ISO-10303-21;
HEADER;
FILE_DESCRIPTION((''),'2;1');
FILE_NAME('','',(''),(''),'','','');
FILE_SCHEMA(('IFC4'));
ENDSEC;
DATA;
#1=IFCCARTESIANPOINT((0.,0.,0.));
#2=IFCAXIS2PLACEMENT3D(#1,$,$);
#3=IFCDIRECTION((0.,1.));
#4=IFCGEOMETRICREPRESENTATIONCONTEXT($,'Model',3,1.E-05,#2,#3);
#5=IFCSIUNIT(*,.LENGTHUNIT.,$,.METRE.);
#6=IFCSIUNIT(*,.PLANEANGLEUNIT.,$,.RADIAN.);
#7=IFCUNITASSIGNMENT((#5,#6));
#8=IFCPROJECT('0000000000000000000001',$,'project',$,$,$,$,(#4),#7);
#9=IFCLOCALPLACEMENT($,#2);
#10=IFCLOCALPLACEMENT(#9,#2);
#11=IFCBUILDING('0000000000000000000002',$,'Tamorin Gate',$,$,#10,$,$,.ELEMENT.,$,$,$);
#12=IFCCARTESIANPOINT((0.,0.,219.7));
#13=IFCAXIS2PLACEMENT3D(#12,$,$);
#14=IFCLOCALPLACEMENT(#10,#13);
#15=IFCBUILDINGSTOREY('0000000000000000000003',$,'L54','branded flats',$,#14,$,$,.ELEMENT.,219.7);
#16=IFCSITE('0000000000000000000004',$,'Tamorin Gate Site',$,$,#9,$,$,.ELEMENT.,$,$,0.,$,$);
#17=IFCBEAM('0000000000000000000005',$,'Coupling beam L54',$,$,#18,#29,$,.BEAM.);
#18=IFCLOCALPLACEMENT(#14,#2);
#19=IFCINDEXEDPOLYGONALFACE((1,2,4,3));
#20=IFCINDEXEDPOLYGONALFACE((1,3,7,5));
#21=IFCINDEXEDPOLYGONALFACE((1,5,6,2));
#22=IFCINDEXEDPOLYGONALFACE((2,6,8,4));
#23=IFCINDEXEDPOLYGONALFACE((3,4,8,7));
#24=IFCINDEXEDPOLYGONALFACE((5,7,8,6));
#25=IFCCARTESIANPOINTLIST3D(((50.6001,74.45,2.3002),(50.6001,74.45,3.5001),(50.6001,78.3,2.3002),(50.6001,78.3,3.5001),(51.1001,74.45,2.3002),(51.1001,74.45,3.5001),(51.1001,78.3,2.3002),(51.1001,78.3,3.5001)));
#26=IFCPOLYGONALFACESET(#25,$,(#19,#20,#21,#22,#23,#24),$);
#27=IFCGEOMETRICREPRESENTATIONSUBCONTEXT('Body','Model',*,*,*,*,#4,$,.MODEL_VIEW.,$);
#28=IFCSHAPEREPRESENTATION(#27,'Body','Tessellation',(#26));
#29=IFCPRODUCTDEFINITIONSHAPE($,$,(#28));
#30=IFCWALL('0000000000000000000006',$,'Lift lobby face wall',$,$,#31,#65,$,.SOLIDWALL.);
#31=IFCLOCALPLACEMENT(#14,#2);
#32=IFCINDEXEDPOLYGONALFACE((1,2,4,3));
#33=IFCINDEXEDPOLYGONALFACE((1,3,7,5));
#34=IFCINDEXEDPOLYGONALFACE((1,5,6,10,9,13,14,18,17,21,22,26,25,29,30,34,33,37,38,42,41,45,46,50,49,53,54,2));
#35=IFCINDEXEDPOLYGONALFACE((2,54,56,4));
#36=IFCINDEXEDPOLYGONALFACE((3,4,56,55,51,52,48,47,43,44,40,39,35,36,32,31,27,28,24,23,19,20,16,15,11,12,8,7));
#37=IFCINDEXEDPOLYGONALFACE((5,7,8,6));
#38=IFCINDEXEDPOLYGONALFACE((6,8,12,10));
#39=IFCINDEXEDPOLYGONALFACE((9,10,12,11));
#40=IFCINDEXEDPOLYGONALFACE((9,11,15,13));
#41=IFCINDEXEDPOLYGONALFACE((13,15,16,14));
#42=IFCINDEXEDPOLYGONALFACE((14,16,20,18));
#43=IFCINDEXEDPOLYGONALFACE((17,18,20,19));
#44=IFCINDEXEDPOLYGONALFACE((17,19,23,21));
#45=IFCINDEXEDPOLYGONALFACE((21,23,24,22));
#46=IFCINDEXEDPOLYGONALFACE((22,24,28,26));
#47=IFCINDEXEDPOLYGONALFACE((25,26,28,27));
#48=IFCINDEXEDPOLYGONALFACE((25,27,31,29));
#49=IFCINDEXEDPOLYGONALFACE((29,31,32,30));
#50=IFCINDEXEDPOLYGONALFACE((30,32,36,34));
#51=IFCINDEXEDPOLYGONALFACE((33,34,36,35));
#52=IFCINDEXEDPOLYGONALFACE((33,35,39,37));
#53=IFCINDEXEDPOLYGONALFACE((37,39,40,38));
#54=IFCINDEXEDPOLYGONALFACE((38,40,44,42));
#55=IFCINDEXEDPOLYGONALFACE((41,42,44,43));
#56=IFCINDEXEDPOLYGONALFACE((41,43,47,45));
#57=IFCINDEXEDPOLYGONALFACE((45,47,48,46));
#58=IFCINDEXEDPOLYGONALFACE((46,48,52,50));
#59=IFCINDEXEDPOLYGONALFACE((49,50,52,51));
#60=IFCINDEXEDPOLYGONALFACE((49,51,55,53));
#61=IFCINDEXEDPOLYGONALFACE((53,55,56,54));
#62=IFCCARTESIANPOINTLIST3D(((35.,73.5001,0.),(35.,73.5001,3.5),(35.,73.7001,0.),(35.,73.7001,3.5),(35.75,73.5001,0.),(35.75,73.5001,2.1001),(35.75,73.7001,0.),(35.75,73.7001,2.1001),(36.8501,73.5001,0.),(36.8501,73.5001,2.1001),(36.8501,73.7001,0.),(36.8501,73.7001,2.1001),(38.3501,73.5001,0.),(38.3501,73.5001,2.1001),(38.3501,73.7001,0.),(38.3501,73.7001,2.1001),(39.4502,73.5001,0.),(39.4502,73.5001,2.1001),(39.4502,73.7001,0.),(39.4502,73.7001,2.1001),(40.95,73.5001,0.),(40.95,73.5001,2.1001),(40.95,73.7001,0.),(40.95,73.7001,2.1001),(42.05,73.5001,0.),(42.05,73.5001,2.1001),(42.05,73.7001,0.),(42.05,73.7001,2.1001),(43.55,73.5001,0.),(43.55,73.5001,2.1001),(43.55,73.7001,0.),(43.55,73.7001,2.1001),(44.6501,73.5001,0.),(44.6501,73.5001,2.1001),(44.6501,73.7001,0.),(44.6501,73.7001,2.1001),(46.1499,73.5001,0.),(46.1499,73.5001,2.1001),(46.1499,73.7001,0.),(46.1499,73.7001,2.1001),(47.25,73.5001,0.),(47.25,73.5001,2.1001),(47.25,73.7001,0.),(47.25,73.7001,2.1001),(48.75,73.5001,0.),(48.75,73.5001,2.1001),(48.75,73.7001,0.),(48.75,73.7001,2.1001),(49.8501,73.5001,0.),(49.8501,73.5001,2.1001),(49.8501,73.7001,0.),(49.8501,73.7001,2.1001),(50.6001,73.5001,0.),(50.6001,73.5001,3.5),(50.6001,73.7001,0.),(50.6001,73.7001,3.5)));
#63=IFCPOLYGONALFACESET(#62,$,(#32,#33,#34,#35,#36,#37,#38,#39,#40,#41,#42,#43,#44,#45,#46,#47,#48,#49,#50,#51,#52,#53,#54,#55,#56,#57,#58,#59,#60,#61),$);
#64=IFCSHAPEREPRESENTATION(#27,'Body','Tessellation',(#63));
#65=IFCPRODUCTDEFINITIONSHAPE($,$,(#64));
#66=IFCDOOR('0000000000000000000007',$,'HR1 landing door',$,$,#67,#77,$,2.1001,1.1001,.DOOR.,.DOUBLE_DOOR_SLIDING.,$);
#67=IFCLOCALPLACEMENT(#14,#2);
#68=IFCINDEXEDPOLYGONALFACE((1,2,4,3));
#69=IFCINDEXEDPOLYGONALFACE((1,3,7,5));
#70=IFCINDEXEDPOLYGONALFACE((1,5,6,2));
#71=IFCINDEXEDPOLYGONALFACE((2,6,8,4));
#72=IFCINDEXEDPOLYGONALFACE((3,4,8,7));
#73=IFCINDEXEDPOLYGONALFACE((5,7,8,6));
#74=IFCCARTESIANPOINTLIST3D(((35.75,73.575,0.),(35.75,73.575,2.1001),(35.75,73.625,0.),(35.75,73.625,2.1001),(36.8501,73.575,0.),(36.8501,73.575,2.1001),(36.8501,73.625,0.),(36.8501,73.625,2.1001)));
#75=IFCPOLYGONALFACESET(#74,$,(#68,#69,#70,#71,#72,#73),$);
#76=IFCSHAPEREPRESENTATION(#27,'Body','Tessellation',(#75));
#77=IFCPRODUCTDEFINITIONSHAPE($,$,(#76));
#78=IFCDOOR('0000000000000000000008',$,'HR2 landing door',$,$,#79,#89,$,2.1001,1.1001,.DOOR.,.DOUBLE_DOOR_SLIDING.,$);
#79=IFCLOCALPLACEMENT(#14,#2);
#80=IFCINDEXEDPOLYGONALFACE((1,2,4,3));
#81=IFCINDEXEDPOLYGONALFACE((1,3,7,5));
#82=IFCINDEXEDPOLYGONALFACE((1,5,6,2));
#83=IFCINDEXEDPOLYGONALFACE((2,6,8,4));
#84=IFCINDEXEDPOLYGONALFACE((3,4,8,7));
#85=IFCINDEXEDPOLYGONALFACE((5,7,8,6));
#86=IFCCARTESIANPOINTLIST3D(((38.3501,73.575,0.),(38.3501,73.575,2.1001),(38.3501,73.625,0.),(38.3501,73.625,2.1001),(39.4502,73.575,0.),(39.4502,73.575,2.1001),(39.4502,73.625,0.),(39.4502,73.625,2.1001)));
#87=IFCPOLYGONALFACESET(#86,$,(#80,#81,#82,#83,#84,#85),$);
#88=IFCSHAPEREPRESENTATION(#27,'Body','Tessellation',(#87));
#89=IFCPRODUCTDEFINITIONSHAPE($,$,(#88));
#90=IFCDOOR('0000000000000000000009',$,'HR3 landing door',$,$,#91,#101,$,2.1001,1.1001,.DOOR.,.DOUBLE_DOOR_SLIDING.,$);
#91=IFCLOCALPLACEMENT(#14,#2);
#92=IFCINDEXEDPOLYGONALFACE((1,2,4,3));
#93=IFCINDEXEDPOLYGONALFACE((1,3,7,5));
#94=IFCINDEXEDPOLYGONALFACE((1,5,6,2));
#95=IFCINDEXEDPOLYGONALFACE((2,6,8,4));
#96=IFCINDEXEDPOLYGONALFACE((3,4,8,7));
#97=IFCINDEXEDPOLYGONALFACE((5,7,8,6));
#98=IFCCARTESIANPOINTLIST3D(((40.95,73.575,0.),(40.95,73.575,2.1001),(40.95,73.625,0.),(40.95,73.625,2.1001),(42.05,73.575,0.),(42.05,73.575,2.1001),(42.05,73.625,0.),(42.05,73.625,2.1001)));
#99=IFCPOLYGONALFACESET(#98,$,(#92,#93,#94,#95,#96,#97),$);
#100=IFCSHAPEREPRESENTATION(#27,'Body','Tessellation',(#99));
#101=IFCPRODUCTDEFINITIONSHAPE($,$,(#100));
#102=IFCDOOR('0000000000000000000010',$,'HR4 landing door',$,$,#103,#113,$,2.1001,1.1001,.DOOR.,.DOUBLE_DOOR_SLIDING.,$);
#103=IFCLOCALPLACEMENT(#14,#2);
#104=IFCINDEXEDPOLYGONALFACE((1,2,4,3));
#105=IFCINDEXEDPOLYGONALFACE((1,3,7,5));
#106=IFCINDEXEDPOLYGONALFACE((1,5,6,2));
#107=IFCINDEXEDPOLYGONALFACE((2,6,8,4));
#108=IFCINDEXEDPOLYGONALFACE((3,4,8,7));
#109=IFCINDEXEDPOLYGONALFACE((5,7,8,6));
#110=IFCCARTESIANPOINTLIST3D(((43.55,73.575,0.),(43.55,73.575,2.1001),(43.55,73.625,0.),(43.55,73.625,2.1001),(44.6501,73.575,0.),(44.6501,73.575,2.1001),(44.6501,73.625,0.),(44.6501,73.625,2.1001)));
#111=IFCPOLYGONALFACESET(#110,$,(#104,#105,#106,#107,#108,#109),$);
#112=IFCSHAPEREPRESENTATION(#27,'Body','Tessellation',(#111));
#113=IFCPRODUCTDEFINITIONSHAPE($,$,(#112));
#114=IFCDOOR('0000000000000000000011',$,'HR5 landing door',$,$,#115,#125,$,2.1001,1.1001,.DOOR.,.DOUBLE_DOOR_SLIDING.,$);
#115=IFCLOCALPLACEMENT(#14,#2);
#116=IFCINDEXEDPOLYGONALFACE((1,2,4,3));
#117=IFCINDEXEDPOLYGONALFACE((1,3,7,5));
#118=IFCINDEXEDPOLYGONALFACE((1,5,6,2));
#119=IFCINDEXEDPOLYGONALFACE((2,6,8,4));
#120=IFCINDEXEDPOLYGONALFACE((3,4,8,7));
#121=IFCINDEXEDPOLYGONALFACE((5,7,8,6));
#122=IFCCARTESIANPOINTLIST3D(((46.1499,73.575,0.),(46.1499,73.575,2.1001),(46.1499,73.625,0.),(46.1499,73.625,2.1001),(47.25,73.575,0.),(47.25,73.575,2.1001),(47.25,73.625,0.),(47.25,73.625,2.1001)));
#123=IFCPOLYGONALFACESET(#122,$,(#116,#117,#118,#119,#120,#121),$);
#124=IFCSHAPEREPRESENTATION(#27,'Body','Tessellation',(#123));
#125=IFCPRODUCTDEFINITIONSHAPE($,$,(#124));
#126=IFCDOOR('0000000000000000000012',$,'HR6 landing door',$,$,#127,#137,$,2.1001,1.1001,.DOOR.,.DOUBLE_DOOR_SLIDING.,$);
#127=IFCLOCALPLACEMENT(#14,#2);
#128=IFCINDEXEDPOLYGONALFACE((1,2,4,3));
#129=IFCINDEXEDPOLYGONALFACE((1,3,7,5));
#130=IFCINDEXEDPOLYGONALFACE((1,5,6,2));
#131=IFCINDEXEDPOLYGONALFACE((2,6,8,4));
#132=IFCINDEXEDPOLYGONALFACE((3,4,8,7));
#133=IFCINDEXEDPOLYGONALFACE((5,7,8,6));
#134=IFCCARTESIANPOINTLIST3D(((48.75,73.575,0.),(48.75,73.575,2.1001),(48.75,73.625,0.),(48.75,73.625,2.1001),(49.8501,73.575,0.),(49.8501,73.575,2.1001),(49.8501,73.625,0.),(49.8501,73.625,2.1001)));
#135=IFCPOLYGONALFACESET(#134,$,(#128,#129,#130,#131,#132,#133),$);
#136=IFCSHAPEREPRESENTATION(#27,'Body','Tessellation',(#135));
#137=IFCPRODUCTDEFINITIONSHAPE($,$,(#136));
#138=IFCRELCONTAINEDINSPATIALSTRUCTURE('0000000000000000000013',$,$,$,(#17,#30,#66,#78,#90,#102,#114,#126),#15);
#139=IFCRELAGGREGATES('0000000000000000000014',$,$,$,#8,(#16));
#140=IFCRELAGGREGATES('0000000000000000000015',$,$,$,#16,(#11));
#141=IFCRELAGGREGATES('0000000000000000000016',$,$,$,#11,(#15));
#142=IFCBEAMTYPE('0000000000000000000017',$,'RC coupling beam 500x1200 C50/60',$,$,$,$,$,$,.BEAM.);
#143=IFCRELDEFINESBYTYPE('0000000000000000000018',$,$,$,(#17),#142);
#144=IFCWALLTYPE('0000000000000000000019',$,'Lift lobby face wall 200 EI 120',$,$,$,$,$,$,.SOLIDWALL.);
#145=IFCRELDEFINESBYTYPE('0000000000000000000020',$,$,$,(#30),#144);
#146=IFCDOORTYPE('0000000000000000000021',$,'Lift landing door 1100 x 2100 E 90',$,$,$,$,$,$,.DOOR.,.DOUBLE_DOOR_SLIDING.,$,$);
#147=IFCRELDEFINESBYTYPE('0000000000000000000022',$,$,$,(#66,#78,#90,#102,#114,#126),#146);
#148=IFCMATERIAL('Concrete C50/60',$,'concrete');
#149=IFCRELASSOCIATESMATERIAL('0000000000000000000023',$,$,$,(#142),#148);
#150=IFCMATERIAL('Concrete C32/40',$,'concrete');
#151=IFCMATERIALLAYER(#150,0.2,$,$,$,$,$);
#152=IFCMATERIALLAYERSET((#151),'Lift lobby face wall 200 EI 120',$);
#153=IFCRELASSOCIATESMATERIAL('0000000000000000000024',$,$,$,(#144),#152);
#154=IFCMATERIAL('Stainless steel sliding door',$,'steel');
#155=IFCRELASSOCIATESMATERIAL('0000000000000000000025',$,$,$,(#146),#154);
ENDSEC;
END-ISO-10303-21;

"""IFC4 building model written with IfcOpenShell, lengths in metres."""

from ifc_helpers import new_model, si_unit, direction, frame, frame_2d, origin, origin_2d, place, context, subcontext, project, spatial, rectangle, extrude, material, layer, layer_set, material_profile, profile_set, type_object, element, fill, save


model = new_model("IFC4")

# Units and contexts
model_context = context("Model", 3, precision=1e-05, world=origin(), true_north=direction((0.0, 1.0)))
body_context = subcontext(model_context, "Body", "Model", "MODEL_VIEW")
ifc_project = project(units=[si_unit("LENGTHUNIT", "METRE"), si_unit("PLANEANGLEUNIT", "RADIAN")], contexts=[model_context])

# Site, building, storey
site_placement = place(None, origin())
site = spatial("IfcSite", under=ifc_project, at=site_placement, Name="Tamorin Gate Site", CompositionType="ELEMENT", RefElevation=0.0)
building_placement = place(site_placement, origin())
building = spatial("IfcBuilding", under=site, at=building_placement, Name="Tamorin Gate", CompositionType="ELEMENT")
storey_placement = place(building_placement, frame((0.0, 0.0, 219.7)))
storey = spatial("IfcBuildingStorey", under=building, at=storey_placement, Name="L54", Description="branded flats", CompositionType="ELEMENT", Elevation=219.7)

# Beam
ifc_material_1 = material(Name="Concrete C50/60", Category="concrete")
ifc_material_profile = material_profile(ifc_material_1, rectangle(XDim=0.5, YDim=1.2, at=origin_2d()), Name="RC 500x1200")
ifc_profile_set = profile_set([ifc_material_profile], Name="Concrete C50/60")
beam_type = type_object("IfcBeamType", Name="RC coupling beam 500x1200 C50/60", PredefinedType="BEAM", material=ifc_profile_set)
beam_placement = place(storey_placement, frame((50.8501, 74.45, 2.9001), z_axis=(0.0, 1.0, 0.0), x_axis=(-1.0, 0.0, 0.0)))
element("IfcBeam", 1, at=beam_placement, inside=storey, type_object=beam_type, Name="Coupling beam L54", PredefinedType="BEAM", context=body_context, shape_type="SweptSolid", body=[
    extrude(rectangle(XDim=0.5, YDim=1.2, at=origin_2d()), origin(), (0.0, 0.0, 1.0), 3.8501),
])

# Wall, openings, doors
ifc_material_2 = material(Name="Concrete C32/40", Category="concrete")
ifc_layer_1 = layer(ifc_material_2, 0.2)
ifc_layer_set_1 = layer_set([ifc_layer_1], Name="Lift lobby face wall 200 EI 120")
wall_type_1 = type_object("IfcWallType", Name="Lift lobby face wall 200 EI 120", PredefinedType="SOLIDWALL", material=ifc_layer_set_1)
wall_1_placement = place(storey_placement, frame((35.0, 73.6001, 0.0), z_axis=(0.0, 0.0, 1.0), x_axis=(1.0, 0.0, 0.0)))
wall_1 = element("IfcWall", 2, at=wall_1_placement, inside=storey, type_object=wall_type_1, Name="Lift lobby face wall", PredefinedType="SOLIDWALL", context=body_context, shape_type="SweptSolid", body=[
    extrude(rectangle(XDim=15.6001, YDim=0.2, at=frame_2d((7.8, 0.0))), origin(), (0.0, 0.0, 1.0), 3.5),
])
opening_1_placement = place(wall_1_placement, frame((0.75, 0.0, 0.0)))
opening_1 = element("IfcOpeningElement", 3, at=opening_1_placement, cuts=wall_1, PredefinedType="OPENING", context=body_context, shape_type="SweptSolid", body=[
    extrude(rectangle(XDim=1.1001, YDim=2.1001, at=frame_2d((0.55, 1.05))), frame((0.0, 0.1099, 0.0), z_axis=(0.0, -1.0, 0.0), x_axis=(1.0, 0.0, 0.0)), (0.0, 0.0, 1.0), 0.22),
])
opening_2_placement = place(wall_1_placement, frame((3.3501, 0.0, 0.0)))
opening_2 = element("IfcOpeningElement", 4, at=opening_2_placement, cuts=wall_1, PredefinedType="OPENING", context=body_context, shape_type="SweptSolid", body=[
    extrude(rectangle(XDim=1.1001, YDim=2.1001, at=frame_2d((0.55, 1.05))), frame((0.0, 0.1099, 0.0), z_axis=(0.0, -1.0, 0.0), x_axis=(1.0, 0.0, 0.0)), (0.0, 0.0, 1.0), 0.22),
])
opening_3_placement = place(wall_1_placement, frame((5.95, 0.0, 0.0)))
opening_3 = element("IfcOpeningElement", 5, at=opening_3_placement, cuts=wall_1, PredefinedType="OPENING", context=body_context, shape_type="SweptSolid", body=[
    extrude(rectangle(XDim=1.1001, YDim=2.1001, at=frame_2d((0.55, 1.05))), frame((0.0, 0.1099, 0.0), z_axis=(0.0, -1.0, 0.0), x_axis=(1.0, 0.0, 0.0)), (0.0, 0.0, 1.0), 0.22),
])
opening_4_placement = place(wall_1_placement, frame((8.55, 0.0, 0.0)))
opening_4 = element("IfcOpeningElement", 6, at=opening_4_placement, cuts=wall_1, PredefinedType="OPENING", context=body_context, shape_type="SweptSolid", body=[
    extrude(rectangle(XDim=1.1001, YDim=2.1001, at=frame_2d((0.55, 1.05))), frame((0.0, 0.1099, 0.0), z_axis=(0.0, -1.0, 0.0), x_axis=(1.0, 0.0, 0.0)), (0.0, 0.0, 1.0), 0.22),
])
opening_5_placement = place(wall_1_placement, frame((11.1499, 0.0, 0.0)))
opening_5 = element("IfcOpeningElement", 7, at=opening_5_placement, cuts=wall_1, PredefinedType="OPENING", context=body_context, shape_type="SweptSolid", body=[
    extrude(rectangle(XDim=1.1001, YDim=2.1001, at=frame_2d((0.55, 1.05))), frame((0.0, 0.1099, 0.0), z_axis=(0.0, -1.0, 0.0), x_axis=(1.0, 0.0, 0.0)), (0.0, 0.0, 1.0), 0.22),
])
opening_6_placement = place(wall_1_placement, frame((13.75, 0.0, 0.0)))
opening_6 = element("IfcOpeningElement", 8, at=opening_6_placement, cuts=wall_1, PredefinedType="OPENING", context=body_context, shape_type="SweptSolid", body=[
    extrude(rectangle(XDim=1.1001, YDim=2.1001, at=frame_2d((0.55, 1.05))), frame((0.0, 0.1099, 0.0), z_axis=(0.0, -1.0, 0.0), x_axis=(1.0, 0.0, 0.0)), (0.0, 0.0, 1.0), 0.22),
])
ifc_material_3 = material(Name="Stainless steel sliding door", Category="steel")
door_type_1 = type_object("IfcDoorType", Name="Lift landing door 1100 x 2100 E 90", OperationType="DOUBLE_DOOR_SLIDING", PredefinedType="DOOR", material=ifc_material_3)
door_1_placement = place(opening_1_placement, origin())
door_1 = element("IfcDoor", 9, at=door_1_placement, inside=storey, type_object=door_type_1, Name="HR1 landing door", OperationType="DOUBLE_DOOR_SLIDING", OverallHeight=2.1001, OverallWidth=1.1001, PredefinedType="DOOR", context=body_context, shape_type="SweptSolid", body=[
    extrude(rectangle(XDim=1.1001, YDim=2.1001, at=frame_2d((0.55, 1.05))), frame((0.0, 0.0249, 0.0), z_axis=(0.0, -1.0, 0.0), x_axis=(1.0, 0.0, 0.0)), (0.0, 0.0, 1.0), 0.05),
])
fill(opening_1, door_1)
door_2_placement = place(opening_2_placement, origin())
door_2 = element("IfcDoor", 10, at=door_2_placement, inside=storey, type_object=door_type_1, Name="HR2 landing door", OperationType="DOUBLE_DOOR_SLIDING", OverallHeight=2.1001, OverallWidth=1.1001, PredefinedType="DOOR", context=body_context, shape_type="SweptSolid", body=[
    extrude(rectangle(XDim=1.1001, YDim=2.1001, at=frame_2d((0.55, 1.05))), frame((0.0, 0.0249, 0.0), z_axis=(0.0, -1.0, 0.0), x_axis=(1.0, 0.0, 0.0)), (0.0, 0.0, 1.0), 0.05),
])
fill(opening_2, door_2)
door_3_placement = place(opening_3_placement, origin())
door_3 = element("IfcDoor", 11, at=door_3_placement, inside=storey, type_object=door_type_1, Name="HR3 landing door", OperationType="DOUBLE_DOOR_SLIDING", OverallHeight=2.1001, OverallWidth=1.1001, PredefinedType="DOOR", context=body_context, shape_type="SweptSolid", body=[
    extrude(rectangle(XDim=1.1001, YDim=2.1001, at=frame_2d((0.55, 1.05))), frame((0.0, 0.0249, 0.0), z_axis=(0.0, -1.0, 0.0), x_axis=(1.0, 0.0, 0.0)), (0.0, 0.0, 1.0), 0.05),
])
fill(opening_3, door_3)
door_4_placement = place(opening_4_placement, origin())
door_4 = element("IfcDoor", 12, at=door_4_placement, inside=storey, type_object=door_type_1, Name="HR4 landing door", OperationType="DOUBLE_DOOR_SLIDING", OverallHeight=2.1001, OverallWidth=1.1001, PredefinedType="DOOR", context=body_context, shape_type="SweptSolid", body=[
    extrude(rectangle(XDim=1.1001, YDim=2.1001, at=frame_2d((0.55, 1.05))), frame((0.0, 0.0249, 0.0), z_axis=(0.0, -1.0, 0.0), x_axis=(1.0, 0.0, 0.0)), (0.0, 0.0, 1.0), 0.05),
])
fill(opening_4, door_4)
door_5_placement = place(opening_5_placement, origin())
door_5 = element("IfcDoor", 13, at=door_5_placement, inside=storey, type_object=door_type_1, Name="HR5 landing door", OperationType="DOUBLE_DOOR_SLIDING", OverallHeight=2.1001, OverallWidth=1.1001, PredefinedType="DOOR", context=body_context, shape_type="SweptSolid", body=[
    extrude(rectangle(XDim=1.1001, YDim=2.1001, at=frame_2d((0.55, 1.05))), frame((0.0, 0.0249, 0.0), z_axis=(0.0, -1.0, 0.0), x_axis=(1.0, 0.0, 0.0)), (0.0, 0.0, 1.0), 0.05),
])
fill(opening_5, door_5)
door_6_placement = place(opening_6_placement, origin())
door_6 = element("IfcDoor", 14, at=door_6_placement, inside=storey, type_object=door_type_1, Name="HR6 landing door", OperationType="DOUBLE_DOOR_SLIDING", OverallHeight=2.1001, OverallWidth=1.1001, PredefinedType="DOOR", context=body_context, shape_type="SweptSolid", body=[
    extrude(rectangle(XDim=1.1001, YDim=2.1001, at=frame_2d((0.55, 1.05))), frame((0.0, 0.0249, 0.0), z_axis=(0.0, -1.0, 0.0), x_axis=(1.0, 0.0, 0.0)), (0.0, 0.0, 1.0), 0.05),
])
fill(opening_6, door_6)

save(model, "model.ifc")
